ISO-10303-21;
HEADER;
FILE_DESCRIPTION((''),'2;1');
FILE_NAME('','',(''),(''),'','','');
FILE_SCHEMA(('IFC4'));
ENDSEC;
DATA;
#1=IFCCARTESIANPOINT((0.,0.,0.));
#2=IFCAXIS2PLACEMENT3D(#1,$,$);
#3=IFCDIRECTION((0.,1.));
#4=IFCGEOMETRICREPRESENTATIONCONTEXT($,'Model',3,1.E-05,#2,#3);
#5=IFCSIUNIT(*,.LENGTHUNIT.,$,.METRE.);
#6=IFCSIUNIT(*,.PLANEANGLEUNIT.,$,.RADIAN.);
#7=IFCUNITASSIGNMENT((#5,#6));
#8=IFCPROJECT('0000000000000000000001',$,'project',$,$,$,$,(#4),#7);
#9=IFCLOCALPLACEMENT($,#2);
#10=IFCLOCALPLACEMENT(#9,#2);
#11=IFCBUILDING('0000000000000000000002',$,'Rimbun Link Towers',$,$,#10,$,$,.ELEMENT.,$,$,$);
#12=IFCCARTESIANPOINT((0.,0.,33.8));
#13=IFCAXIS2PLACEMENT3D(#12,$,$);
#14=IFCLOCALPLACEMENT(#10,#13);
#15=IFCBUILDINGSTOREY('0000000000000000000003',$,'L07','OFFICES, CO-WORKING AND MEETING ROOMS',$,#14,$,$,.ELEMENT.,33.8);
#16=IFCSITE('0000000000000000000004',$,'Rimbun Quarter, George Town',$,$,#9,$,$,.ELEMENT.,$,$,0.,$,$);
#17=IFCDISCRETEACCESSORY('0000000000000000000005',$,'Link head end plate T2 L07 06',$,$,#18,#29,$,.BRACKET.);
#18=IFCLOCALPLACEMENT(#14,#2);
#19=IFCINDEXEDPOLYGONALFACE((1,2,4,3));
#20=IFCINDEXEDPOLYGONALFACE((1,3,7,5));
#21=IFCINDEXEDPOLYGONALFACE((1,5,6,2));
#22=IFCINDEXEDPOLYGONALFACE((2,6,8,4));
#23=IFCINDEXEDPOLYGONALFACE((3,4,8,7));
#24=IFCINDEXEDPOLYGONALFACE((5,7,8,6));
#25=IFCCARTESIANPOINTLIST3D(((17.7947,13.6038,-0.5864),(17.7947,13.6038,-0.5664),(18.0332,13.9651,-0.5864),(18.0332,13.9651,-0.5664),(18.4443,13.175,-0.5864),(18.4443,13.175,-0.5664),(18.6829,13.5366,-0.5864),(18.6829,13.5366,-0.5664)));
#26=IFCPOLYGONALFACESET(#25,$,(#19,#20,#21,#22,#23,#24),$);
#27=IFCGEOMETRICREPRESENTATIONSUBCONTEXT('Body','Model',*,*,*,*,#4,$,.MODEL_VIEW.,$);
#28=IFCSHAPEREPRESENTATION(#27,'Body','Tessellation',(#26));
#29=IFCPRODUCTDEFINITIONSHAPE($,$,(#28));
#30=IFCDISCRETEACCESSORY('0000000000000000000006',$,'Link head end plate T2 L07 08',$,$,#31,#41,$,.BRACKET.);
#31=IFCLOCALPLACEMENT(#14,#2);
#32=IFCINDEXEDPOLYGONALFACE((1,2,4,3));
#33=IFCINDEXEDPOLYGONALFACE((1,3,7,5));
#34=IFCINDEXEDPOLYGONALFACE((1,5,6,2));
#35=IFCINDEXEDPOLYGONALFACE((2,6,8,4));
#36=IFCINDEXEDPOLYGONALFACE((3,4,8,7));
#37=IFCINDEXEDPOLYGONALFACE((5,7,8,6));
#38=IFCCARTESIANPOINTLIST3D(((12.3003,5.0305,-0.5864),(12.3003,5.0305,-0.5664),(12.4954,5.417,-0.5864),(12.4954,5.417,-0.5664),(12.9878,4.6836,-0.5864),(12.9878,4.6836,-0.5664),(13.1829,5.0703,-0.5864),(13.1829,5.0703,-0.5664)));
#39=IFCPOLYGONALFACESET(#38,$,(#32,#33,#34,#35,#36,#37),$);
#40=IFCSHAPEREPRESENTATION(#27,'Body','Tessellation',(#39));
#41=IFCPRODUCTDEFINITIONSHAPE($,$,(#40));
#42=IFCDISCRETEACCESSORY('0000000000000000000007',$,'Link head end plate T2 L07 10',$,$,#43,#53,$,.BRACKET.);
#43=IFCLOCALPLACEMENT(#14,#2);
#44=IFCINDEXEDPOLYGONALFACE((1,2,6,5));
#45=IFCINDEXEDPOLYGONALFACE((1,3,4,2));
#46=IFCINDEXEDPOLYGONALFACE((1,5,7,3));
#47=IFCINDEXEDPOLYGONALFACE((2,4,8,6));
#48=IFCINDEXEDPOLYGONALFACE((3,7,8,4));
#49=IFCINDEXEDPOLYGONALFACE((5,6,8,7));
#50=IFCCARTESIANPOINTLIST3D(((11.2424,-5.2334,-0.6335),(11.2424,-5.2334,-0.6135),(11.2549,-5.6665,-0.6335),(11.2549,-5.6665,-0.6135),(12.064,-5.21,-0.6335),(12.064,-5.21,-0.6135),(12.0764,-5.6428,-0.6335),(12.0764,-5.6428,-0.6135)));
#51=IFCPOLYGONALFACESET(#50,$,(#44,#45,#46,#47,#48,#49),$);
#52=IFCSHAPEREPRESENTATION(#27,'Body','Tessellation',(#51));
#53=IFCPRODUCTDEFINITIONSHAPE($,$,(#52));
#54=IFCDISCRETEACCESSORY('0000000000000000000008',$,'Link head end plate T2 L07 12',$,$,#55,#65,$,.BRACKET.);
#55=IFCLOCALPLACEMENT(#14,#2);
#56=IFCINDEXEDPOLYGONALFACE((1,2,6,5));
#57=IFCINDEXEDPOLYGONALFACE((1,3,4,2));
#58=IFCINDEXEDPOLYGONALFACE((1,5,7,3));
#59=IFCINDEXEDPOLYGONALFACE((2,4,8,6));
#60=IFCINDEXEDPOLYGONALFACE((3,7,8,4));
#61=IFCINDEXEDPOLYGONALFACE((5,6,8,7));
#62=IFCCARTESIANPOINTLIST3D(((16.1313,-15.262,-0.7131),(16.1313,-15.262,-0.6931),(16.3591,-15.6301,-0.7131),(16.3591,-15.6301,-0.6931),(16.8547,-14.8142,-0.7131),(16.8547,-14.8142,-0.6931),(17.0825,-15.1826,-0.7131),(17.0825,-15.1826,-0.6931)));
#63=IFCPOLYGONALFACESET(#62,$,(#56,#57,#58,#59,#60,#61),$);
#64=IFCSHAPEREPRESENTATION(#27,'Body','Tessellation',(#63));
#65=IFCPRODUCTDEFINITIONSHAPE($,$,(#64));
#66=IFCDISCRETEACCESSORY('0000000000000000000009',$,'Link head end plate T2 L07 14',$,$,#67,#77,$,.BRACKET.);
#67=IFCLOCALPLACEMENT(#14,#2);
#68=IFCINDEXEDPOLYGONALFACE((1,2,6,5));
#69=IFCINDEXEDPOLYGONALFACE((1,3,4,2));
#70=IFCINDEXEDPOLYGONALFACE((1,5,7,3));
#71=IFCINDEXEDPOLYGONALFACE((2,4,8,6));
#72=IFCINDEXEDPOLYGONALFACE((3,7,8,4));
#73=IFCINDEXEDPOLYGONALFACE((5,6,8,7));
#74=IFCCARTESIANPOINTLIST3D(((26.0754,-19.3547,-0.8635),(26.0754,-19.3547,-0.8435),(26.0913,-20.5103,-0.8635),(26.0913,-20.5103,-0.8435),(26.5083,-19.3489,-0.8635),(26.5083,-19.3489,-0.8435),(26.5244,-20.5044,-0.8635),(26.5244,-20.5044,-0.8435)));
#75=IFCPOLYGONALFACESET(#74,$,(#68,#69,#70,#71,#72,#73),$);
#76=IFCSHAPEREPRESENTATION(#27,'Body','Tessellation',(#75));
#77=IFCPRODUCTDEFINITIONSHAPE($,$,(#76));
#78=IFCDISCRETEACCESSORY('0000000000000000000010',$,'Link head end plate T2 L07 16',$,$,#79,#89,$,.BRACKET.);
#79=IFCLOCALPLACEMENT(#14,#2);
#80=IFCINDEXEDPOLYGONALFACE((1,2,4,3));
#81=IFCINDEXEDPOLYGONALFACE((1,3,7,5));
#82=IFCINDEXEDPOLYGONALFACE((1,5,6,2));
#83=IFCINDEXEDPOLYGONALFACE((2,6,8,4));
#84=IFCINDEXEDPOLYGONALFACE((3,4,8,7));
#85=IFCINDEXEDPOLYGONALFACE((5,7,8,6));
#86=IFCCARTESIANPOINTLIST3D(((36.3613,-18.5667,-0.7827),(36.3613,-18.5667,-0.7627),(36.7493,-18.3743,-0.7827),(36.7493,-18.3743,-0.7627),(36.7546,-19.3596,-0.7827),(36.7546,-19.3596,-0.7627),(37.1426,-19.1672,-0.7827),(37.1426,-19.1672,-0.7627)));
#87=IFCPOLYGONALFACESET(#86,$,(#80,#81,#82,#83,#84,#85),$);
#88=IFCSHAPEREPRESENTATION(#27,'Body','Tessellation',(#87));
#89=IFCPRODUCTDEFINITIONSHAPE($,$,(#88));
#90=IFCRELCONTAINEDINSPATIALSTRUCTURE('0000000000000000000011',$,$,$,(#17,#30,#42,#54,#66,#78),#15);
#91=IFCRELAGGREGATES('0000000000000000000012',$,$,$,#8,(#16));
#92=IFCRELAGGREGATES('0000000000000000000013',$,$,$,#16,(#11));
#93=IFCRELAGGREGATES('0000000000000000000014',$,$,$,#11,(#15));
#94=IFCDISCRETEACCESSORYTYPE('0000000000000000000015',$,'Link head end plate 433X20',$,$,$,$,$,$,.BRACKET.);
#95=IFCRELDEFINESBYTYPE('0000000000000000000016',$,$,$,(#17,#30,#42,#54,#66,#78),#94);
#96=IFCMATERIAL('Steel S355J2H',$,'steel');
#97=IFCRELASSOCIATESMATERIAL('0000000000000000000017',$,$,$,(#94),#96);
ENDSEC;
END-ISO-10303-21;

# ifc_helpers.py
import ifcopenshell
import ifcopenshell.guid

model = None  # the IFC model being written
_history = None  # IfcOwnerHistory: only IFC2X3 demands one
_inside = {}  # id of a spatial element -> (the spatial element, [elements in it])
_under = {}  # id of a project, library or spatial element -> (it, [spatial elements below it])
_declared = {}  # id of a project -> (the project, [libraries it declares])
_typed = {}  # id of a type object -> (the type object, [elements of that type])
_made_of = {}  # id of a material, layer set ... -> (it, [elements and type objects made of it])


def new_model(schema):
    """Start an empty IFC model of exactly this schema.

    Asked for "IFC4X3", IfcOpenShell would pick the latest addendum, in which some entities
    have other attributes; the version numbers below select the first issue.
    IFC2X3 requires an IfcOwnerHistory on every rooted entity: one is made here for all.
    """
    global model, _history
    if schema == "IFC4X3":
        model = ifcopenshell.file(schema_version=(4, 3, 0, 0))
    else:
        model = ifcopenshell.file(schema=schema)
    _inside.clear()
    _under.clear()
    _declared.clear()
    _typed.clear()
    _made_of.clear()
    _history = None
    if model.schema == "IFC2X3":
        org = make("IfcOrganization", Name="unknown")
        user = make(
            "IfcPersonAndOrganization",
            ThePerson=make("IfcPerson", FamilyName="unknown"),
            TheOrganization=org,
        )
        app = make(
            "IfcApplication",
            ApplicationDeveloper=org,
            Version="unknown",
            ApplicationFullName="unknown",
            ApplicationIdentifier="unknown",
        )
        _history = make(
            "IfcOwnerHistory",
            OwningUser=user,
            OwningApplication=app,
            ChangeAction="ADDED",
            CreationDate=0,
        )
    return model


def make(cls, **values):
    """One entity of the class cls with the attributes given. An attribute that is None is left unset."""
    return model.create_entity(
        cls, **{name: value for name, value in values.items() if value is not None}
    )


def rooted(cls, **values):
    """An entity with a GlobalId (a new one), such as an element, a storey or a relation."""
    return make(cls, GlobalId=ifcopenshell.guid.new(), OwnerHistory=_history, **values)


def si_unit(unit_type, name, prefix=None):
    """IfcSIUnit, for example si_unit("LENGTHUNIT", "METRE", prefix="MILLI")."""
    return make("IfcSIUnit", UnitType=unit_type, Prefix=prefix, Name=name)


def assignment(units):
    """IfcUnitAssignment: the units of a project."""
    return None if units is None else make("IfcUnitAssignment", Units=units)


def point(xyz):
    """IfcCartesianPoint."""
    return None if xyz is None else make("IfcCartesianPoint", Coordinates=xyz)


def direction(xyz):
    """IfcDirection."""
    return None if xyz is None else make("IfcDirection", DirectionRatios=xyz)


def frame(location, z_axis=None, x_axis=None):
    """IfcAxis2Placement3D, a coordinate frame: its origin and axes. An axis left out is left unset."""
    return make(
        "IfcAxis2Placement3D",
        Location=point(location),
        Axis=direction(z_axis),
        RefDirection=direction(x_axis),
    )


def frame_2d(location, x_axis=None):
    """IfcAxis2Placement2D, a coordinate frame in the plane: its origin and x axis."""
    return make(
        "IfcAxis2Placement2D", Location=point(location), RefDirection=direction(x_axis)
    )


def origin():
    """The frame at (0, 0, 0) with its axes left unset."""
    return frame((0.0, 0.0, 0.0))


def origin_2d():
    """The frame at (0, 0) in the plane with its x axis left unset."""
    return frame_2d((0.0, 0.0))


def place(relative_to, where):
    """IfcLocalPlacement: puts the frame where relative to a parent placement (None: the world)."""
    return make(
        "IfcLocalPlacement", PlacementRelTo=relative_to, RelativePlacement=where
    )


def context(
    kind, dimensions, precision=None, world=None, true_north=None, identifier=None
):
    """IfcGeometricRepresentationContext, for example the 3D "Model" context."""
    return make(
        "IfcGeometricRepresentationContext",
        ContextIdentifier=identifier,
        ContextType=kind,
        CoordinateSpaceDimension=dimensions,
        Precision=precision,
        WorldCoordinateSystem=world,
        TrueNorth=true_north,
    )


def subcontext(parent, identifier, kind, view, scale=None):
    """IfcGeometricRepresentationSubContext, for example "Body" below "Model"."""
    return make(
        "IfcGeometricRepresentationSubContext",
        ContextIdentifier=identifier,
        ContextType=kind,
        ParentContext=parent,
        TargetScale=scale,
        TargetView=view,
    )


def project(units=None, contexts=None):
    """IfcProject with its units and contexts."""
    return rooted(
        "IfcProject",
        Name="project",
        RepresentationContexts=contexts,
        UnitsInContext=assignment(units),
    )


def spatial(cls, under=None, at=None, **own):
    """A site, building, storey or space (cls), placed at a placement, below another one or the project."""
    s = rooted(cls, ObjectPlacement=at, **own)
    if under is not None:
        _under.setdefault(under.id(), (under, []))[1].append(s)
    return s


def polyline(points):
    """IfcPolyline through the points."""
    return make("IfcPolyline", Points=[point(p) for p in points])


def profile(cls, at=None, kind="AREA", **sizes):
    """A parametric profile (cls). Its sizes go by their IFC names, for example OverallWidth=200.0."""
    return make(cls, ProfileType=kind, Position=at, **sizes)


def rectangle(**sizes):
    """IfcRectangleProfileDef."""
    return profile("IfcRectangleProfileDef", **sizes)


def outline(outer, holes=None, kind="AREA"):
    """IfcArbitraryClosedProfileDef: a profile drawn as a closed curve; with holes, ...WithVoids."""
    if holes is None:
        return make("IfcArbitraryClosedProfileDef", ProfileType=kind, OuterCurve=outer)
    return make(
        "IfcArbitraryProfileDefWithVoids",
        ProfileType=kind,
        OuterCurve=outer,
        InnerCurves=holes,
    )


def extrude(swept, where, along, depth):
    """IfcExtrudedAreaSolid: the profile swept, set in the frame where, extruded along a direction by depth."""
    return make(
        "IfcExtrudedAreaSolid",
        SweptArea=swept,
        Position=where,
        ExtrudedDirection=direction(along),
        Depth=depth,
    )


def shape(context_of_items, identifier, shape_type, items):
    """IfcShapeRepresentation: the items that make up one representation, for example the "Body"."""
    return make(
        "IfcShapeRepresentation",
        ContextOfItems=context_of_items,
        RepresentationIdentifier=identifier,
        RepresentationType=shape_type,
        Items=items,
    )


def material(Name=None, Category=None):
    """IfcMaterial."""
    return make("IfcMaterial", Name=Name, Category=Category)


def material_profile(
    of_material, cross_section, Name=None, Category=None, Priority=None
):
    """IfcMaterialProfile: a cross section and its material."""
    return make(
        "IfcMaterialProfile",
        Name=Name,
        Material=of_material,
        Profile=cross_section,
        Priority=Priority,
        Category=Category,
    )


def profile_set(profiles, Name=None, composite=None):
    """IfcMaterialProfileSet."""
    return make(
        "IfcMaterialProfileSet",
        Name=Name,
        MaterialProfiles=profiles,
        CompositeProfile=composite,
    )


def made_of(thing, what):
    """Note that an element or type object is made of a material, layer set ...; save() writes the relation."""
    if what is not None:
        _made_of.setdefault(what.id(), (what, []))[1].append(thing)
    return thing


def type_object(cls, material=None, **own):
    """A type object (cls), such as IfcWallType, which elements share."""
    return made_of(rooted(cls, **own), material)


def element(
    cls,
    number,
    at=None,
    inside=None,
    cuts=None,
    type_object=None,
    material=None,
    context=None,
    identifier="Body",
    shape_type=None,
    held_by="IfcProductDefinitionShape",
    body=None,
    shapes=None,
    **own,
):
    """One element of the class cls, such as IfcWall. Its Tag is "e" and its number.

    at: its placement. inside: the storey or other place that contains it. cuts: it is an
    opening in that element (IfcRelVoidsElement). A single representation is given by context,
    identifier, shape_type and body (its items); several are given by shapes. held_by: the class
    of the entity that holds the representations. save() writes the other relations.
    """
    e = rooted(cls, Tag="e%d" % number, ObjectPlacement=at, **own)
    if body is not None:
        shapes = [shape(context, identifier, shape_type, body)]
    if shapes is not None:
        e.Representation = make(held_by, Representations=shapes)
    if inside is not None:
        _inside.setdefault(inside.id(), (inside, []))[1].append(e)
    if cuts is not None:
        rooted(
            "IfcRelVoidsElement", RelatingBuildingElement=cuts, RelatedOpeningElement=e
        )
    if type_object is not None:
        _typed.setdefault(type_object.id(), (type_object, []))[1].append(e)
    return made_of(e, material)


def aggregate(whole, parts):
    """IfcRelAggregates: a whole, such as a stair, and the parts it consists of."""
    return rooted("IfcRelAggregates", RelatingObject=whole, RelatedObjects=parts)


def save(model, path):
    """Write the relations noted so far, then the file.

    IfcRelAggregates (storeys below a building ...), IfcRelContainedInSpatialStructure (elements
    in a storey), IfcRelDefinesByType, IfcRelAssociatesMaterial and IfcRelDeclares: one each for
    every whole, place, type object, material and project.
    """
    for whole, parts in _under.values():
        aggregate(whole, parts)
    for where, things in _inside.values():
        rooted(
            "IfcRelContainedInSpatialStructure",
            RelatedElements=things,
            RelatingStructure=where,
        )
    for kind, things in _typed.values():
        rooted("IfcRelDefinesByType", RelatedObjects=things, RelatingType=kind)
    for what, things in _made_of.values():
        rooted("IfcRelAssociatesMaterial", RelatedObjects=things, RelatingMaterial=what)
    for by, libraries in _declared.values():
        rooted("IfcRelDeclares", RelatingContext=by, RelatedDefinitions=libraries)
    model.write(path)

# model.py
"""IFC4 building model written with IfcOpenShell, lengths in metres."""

from ifc_helpers import new_model, si_unit, direction, frame, origin, origin_2d, place, context, subcontext, project, spatial, polyline, rectangle, outline, extrude, material, material_profile, profile_set, type_object, element, save


model = new_model("IFC4")

# Units and contexts
model_context = context("Model", 3, precision=1e-05, world=origin(), true_north=direction((0.0, 1.0)))
body_context = subcontext(model_context, "Body", "Model", "MODEL_VIEW")
ifc_project = project(units=[si_unit("LENGTHUNIT", "METRE"), si_unit("PLANEANGLEUNIT", "RADIAN")], contexts=[model_context])

# Site, building, storey
site_placement = place(None, origin())
site = spatial("IfcSite", under=ifc_project, at=site_placement, Name="Rimbun Quarter, George Town", CompositionType="ELEMENT", RefElevation=0.0)
building_placement = place(site_placement, origin())
building = spatial("IfcBuilding", under=site, at=building_placement, Name="Rimbun Link Towers", CompositionType="ELEMENT")
storey_placement = place(building_placement, frame((0.0, 0.0, 33.8)))
storey = spatial("IfcBuildingStorey", under=building, at=storey_placement, Name="L07", Description="OFFICES, CO-WORKING AND MEETING ROOMS", CompositionType="ELEMENT", Elevation=33.8)

# Discrete accessories
ifc_material_1 = material(Name="Steel S355J2H", Category="steel")
ifc_material_profile_1 = material_profile(ifc_material_1, rectangle(XDim=0.4331, YDim=0.4331, at=origin_2d()), Name="PL 433x433")
ifc_profile_set_1 = profile_set([ifc_material_profile_1], Name="Steel S355J2H")
discrete_accessory_type_1 = type_object("IfcDiscreteAccessoryType", Name="Link head end plate 433X20", PredefinedType="BRACKET", material=ifc_profile_set_1)
discrete_accessory_1_placement = place(storey_placement, frame((0.0, 0.0, -0.5864)))
element("IfcDiscreteAccessory", 1, at=discrete_accessory_1_placement, inside=storey, type_object=discrete_accessory_type_1, Name="Link head end plate T2 L07 06", PredefinedType="BRACKET", context=body_context, shape_type="SweptSolid", body=[
    extrude(outline(polyline([(18.6829, 13.5366), (18.0332, 13.9651), (17.7947, 13.6038), (18.4443, 13.175), (18.6829, 13.5366)])), origin(), (0.0, 0.0, 1.0), 0.02),
])
discrete_accessory_2_placement = place(storey_placement, frame((0.0, 0.0, -0.5864)))
element("IfcDiscreteAccessory", 2, at=discrete_accessory_2_placement, inside=storey, type_object=discrete_accessory_type_1, Name="Link head end plate T2 L07 08", PredefinedType="BRACKET", context=body_context, shape_type="SweptSolid", body=[
    extrude(outline(polyline([(13.1829, 5.0703), (12.4954, 5.417), (12.3003, 5.0305), (12.9878, 4.6836), (13.1829, 5.0703)])), origin(), (0.0, 0.0, 1.0), 0.02),
])
discrete_accessory_3_placement = place(storey_placement, frame((0.0, 0.0, -0.6335)))
element("IfcDiscreteAccessory", 3, at=discrete_accessory_3_placement, inside=storey, type_object=discrete_accessory_type_1, Name="Link head end plate T2 L07 10", PredefinedType="BRACKET", context=body_context, shape_type="SweptSolid", body=[
    extrude(outline(polyline([(12.064, -5.21), (11.2424, -5.2334), (11.2549, -5.6665), (12.0764, -5.6428), (12.064, -5.21)])), origin(), (0.0, 0.0, 1.0), 0.02),
])
discrete_accessory_4_placement = place(storey_placement, frame((0.0, 0.0, -0.7131)))
element("IfcDiscreteAccessory", 4, at=discrete_accessory_4_placement, inside=storey, type_object=discrete_accessory_type_1, Name="Link head end plate T2 L07 12", PredefinedType="BRACKET", context=body_context, shape_type="SweptSolid", body=[
    extrude(outline(polyline([(16.8547, -14.8142), (16.1313, -15.262), (16.3591, -15.6301), (17.0825, -15.1826), (16.8547, -14.8142)])), origin(), (0.0, 0.0, 1.0), 0.02),
])
discrete_accessory_5_placement = place(storey_placement, frame((0.0, 0.0, -0.8635)))
element("IfcDiscreteAccessory", 5, at=discrete_accessory_5_placement, inside=storey, type_object=discrete_accessory_type_1, Name="Link head end plate T2 L07 14", PredefinedType="BRACKET", context=body_context, shape_type="SweptSolid", body=[
    extrude(outline(polyline([(26.0754, -19.3547), (26.0913, -20.5103), (26.5244, -20.5044), (26.5083, -19.3489), (26.0754, -19.3547)])), origin(), (0.0, 0.0, 1.0), 0.02),
])
discrete_accessory_6_placement = place(storey_placement, frame((0.0, 0.0, -0.7827)))
element("IfcDiscreteAccessory", 6, at=discrete_accessory_6_placement, inside=storey, type_object=discrete_accessory_type_1, Name="Link head end plate T2 L07 16", PredefinedType="BRACKET", context=body_context, shape_type="SweptSolid", body=[
    extrude(outline(polyline([(36.3613, -18.5667), (36.7546, -19.3596), (37.1426, -19.1672), (36.7493, -18.3743), (36.3613, -18.5667)])), origin(), (0.0, 0.0, 1.0), 0.02),
])

save(model, "model.ifc")
